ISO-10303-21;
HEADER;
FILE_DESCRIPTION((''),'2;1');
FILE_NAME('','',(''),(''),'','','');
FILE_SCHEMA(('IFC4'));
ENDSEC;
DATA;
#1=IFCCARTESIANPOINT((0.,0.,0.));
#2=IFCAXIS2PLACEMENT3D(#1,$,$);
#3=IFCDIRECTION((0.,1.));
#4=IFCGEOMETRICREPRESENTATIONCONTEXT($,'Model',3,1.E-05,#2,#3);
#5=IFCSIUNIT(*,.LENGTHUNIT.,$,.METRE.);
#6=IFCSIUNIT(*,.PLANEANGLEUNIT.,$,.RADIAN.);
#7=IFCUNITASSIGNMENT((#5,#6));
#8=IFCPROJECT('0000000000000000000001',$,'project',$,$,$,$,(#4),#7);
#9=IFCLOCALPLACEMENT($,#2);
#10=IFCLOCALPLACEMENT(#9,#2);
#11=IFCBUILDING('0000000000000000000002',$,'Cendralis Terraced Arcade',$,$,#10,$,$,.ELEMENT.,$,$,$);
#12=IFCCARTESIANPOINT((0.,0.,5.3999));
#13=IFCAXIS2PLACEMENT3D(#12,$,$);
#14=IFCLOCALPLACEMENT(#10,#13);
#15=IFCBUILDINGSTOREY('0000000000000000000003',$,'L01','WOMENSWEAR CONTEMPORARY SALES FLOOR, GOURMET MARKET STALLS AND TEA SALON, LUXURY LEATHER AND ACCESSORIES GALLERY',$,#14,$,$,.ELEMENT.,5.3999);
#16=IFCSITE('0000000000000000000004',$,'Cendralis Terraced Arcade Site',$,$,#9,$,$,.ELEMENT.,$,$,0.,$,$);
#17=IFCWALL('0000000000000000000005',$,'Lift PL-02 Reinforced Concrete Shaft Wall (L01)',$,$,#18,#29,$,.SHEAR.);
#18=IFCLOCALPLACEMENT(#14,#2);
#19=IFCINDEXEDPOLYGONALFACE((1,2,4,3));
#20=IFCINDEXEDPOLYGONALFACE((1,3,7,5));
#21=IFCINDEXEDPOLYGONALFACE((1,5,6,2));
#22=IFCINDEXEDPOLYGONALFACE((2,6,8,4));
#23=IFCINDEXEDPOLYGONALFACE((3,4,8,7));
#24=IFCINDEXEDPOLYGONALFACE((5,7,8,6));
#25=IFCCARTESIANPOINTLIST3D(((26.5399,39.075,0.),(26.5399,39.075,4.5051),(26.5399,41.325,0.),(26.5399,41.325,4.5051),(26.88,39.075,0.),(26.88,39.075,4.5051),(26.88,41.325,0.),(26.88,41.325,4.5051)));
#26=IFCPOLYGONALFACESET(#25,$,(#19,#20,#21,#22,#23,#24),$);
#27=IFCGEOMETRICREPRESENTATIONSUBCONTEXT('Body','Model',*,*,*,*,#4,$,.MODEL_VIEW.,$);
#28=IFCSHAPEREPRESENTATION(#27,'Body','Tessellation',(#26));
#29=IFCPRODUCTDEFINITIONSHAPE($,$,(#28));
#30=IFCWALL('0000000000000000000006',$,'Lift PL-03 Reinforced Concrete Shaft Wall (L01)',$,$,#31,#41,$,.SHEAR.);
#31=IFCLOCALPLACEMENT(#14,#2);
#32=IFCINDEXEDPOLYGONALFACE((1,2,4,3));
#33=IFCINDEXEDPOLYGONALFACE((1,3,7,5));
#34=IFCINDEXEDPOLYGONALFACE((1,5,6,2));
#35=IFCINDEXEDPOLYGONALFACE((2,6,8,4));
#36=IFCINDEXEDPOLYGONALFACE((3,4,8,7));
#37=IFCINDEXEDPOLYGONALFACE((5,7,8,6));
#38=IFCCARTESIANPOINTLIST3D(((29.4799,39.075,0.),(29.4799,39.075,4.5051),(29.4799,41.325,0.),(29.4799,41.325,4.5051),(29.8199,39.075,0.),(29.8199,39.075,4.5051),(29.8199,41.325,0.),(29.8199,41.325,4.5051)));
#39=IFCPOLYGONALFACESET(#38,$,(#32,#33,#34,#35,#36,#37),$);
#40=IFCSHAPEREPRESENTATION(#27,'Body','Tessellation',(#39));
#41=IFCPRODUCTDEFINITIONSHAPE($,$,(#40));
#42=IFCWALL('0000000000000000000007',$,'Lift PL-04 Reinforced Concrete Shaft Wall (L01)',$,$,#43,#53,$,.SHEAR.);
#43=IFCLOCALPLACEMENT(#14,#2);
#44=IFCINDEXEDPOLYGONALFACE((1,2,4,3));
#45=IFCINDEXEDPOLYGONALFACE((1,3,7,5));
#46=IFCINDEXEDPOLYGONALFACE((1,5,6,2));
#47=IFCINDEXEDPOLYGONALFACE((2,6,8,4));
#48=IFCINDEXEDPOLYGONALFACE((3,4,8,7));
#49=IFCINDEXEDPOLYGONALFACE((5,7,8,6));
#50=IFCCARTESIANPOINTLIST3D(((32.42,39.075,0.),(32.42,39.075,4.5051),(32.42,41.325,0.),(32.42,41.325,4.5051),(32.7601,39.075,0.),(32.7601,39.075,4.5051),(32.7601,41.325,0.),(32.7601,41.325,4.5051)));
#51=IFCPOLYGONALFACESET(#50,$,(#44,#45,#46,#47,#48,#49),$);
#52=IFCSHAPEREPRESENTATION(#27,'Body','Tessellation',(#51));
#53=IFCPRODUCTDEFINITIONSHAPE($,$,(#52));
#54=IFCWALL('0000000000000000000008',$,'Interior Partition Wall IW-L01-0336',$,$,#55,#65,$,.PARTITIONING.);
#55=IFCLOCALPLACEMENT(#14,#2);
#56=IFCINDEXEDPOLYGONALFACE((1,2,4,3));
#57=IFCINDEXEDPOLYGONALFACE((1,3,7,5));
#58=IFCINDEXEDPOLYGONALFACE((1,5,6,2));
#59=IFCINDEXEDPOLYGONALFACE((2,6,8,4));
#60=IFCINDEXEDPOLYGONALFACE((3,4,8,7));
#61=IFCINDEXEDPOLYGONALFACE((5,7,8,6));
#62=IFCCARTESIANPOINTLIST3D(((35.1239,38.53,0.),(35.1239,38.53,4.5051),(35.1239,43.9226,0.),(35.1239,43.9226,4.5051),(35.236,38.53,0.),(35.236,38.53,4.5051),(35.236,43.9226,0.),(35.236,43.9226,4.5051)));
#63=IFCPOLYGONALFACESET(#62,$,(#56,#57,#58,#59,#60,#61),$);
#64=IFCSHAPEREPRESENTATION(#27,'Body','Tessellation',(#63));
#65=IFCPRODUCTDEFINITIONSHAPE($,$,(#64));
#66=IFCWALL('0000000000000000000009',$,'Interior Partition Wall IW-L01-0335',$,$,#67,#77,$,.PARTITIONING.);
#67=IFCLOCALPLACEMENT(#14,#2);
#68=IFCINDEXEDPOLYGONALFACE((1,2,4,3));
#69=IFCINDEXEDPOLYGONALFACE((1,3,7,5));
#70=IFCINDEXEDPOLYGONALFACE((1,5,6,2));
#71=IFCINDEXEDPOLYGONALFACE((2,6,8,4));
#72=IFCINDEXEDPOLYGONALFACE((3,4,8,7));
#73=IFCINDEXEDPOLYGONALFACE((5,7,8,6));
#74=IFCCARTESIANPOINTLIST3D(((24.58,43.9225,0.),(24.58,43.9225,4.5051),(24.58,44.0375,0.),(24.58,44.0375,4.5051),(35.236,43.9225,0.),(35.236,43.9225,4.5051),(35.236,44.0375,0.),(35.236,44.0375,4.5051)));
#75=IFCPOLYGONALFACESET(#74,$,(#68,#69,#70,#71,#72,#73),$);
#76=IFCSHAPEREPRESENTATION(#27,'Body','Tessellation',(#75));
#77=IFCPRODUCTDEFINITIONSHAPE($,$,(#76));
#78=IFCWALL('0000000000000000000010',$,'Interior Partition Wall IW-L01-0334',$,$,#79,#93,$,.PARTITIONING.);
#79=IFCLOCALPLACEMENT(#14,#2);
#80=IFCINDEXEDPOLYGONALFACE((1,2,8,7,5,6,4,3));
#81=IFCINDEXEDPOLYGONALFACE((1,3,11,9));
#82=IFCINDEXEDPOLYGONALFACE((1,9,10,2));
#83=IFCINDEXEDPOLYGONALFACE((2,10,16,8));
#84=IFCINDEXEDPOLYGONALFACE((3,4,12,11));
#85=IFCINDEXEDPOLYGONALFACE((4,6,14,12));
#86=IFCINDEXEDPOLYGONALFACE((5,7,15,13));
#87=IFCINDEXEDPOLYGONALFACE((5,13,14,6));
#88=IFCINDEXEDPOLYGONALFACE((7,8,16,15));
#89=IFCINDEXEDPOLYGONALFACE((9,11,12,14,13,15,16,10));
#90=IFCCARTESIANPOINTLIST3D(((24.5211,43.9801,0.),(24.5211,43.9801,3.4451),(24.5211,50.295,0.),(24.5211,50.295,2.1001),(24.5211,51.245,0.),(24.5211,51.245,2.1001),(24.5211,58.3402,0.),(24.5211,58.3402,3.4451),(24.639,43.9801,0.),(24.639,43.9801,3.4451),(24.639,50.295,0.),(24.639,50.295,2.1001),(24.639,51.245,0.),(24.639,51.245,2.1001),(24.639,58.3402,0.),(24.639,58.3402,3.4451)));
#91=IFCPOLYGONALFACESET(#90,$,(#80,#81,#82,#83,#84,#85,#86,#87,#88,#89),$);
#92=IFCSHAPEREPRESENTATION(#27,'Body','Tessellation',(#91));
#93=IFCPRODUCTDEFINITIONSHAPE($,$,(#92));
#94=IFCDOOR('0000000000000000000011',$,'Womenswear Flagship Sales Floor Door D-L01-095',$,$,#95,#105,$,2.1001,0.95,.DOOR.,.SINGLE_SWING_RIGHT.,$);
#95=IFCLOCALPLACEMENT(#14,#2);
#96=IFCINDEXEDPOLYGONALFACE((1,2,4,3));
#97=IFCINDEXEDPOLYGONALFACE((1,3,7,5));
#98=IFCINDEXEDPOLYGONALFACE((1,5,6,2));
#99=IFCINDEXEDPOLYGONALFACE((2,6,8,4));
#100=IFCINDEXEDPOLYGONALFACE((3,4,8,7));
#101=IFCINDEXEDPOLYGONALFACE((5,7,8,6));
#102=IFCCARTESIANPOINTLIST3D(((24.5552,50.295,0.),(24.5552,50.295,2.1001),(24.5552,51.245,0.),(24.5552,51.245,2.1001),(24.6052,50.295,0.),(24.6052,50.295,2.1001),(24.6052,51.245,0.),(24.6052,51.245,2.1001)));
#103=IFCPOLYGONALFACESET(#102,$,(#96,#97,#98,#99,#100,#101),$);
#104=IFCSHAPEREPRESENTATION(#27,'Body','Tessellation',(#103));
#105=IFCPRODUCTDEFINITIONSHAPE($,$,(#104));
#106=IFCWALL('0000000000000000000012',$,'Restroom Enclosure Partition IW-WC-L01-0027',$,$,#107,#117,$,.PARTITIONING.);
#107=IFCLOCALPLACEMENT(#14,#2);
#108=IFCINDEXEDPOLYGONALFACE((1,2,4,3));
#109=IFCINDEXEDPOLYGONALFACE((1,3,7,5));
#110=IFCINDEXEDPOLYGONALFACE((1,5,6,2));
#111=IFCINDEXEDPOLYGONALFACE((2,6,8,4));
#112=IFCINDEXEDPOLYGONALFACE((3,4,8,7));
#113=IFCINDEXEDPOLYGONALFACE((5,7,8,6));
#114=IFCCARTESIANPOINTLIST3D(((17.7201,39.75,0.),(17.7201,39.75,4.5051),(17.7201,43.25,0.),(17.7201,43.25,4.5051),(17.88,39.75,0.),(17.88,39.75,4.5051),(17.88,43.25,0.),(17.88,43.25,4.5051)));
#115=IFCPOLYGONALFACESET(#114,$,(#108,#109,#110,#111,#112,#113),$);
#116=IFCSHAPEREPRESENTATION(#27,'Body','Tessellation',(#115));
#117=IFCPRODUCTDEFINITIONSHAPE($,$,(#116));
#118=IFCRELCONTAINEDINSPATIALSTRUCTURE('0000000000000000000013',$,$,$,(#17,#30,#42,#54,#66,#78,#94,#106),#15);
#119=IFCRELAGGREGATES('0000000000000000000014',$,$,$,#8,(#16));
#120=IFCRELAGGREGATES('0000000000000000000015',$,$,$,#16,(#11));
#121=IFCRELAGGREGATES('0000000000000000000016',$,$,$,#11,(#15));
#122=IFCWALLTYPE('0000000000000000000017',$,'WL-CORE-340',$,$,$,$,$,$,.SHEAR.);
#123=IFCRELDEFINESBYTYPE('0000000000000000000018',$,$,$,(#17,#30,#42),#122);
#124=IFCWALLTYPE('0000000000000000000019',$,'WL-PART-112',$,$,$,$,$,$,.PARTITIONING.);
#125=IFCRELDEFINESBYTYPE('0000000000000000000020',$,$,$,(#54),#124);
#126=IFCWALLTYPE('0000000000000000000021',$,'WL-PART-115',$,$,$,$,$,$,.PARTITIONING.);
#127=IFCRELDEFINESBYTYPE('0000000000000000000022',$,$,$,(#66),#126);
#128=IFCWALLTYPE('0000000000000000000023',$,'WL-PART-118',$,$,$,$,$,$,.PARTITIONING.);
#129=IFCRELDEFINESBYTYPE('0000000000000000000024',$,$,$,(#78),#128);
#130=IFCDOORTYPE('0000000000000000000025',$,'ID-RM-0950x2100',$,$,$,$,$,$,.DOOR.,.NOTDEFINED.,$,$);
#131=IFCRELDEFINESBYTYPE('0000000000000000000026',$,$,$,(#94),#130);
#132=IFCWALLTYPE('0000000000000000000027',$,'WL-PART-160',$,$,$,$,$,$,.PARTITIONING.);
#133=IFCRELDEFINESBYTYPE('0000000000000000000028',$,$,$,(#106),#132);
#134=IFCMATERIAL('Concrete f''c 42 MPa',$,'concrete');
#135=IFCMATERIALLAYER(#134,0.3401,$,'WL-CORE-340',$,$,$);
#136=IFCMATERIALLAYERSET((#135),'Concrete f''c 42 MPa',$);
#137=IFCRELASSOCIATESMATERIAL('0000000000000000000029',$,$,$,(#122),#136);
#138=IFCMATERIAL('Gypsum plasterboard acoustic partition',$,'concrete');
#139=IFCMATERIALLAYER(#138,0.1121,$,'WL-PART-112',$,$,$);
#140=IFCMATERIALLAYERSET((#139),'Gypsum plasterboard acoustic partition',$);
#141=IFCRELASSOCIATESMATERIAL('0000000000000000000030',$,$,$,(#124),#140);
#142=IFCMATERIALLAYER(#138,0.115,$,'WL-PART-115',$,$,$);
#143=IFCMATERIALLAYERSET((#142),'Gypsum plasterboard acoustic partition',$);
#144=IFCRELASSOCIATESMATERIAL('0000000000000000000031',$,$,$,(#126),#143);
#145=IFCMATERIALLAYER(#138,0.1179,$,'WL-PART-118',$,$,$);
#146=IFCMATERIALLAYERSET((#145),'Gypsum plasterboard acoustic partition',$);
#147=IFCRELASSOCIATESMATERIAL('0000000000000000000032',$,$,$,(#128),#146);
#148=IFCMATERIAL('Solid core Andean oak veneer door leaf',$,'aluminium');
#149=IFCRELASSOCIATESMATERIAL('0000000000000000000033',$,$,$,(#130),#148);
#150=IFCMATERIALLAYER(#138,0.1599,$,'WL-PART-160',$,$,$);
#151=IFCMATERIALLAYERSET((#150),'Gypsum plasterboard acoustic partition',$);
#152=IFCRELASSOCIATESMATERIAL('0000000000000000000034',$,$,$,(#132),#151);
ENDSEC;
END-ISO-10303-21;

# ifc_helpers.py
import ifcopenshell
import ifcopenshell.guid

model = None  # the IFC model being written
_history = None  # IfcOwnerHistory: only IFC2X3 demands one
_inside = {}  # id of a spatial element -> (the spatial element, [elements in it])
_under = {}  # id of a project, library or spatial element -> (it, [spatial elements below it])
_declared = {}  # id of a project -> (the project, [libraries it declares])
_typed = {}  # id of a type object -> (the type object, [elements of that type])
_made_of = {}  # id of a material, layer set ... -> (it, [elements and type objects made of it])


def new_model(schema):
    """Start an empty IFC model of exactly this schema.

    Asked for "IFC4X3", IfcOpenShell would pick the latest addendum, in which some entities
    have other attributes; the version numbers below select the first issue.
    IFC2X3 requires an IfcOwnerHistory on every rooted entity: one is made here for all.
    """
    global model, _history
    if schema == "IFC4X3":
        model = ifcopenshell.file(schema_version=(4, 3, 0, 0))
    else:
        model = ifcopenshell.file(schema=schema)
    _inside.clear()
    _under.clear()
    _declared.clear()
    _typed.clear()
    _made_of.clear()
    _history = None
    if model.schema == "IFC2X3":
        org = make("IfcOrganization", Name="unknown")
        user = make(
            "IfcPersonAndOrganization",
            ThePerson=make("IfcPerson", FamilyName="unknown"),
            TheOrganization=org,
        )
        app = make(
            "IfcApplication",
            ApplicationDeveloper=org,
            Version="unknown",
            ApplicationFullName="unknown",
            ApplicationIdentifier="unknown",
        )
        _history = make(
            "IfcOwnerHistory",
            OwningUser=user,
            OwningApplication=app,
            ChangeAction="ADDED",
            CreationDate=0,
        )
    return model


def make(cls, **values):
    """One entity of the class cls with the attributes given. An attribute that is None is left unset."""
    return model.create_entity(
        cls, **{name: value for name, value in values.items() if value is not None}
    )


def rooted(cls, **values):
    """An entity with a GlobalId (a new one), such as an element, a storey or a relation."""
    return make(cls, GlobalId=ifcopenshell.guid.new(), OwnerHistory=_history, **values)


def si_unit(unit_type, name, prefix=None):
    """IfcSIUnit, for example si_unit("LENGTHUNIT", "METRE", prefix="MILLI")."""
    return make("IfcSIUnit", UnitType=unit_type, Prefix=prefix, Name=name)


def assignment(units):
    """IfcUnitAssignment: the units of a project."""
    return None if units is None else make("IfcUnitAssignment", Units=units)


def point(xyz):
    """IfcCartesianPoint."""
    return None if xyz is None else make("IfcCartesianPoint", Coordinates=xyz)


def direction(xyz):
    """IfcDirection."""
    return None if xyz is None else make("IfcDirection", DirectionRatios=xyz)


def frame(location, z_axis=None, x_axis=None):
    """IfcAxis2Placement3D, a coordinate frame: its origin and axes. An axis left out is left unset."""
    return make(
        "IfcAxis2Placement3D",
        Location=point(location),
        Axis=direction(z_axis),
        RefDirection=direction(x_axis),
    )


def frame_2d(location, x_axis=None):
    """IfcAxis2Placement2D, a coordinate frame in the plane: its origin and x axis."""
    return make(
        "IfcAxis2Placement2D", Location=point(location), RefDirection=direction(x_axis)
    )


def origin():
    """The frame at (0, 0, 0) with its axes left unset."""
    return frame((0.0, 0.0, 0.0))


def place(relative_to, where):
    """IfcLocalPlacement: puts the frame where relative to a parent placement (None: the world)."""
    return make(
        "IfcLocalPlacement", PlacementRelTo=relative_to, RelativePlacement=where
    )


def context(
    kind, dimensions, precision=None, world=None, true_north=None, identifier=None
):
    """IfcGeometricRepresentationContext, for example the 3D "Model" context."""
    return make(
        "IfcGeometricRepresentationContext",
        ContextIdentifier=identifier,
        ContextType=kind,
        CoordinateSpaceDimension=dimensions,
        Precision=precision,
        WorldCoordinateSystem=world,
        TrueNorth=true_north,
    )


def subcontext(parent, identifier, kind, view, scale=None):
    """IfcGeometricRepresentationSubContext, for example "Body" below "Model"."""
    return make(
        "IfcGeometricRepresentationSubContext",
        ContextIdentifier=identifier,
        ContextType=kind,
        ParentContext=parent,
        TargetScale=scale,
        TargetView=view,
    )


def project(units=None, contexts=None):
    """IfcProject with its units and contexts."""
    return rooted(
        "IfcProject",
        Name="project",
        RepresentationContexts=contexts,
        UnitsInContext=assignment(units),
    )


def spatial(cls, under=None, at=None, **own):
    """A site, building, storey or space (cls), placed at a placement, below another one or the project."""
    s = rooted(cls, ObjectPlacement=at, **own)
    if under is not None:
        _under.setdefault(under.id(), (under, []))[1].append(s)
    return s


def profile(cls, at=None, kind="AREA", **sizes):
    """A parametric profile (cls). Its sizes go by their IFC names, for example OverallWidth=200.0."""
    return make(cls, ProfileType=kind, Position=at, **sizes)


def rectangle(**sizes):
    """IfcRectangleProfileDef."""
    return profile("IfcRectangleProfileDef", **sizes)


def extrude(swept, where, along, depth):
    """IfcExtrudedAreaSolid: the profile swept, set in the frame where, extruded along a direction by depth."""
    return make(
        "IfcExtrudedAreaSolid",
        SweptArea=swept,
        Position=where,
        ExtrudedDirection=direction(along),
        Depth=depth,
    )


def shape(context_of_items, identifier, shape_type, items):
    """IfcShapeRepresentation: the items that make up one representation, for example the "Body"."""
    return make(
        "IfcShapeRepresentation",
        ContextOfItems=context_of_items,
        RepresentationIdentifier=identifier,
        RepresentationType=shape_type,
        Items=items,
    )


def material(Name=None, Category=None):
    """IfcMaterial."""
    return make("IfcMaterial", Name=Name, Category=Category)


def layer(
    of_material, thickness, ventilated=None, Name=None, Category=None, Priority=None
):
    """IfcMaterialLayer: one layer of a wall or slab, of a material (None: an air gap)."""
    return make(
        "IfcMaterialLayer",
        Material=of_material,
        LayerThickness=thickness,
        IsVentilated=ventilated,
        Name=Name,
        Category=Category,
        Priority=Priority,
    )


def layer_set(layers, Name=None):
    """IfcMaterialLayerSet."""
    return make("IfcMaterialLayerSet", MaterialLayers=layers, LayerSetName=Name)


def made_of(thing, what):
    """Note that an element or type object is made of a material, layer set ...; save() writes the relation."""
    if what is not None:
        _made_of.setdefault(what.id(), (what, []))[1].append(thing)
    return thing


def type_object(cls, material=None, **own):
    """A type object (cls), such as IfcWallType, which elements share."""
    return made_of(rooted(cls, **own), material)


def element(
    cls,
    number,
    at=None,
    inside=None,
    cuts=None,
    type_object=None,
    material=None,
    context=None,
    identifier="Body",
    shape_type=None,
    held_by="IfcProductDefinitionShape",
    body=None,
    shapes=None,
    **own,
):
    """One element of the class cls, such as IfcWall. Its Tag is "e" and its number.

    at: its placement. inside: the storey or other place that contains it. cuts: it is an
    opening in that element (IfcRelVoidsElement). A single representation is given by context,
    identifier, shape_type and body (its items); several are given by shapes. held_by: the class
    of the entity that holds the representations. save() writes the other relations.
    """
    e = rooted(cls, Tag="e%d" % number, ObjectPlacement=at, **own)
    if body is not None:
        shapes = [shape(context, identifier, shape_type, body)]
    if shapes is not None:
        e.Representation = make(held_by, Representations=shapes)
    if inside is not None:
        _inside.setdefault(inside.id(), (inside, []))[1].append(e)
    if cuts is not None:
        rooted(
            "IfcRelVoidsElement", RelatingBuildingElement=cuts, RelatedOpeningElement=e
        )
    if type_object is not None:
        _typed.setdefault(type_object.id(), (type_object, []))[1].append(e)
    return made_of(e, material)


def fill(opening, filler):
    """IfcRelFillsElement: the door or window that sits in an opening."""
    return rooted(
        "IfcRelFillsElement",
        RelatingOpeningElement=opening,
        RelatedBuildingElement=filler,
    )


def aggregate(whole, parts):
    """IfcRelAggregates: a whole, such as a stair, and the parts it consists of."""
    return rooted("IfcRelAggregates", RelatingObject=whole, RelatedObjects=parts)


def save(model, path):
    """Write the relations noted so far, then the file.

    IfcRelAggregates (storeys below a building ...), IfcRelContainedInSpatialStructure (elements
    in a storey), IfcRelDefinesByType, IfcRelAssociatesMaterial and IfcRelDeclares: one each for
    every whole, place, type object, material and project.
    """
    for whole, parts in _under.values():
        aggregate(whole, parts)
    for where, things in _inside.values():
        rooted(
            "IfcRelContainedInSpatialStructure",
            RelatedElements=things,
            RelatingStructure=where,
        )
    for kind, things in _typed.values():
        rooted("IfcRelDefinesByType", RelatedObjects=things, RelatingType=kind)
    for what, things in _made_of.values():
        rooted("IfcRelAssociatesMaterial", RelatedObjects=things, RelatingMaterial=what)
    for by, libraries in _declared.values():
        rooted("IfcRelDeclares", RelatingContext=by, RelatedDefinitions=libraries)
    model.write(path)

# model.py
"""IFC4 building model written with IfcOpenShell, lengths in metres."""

from ifc_helpers import new_model, si_unit, direction, frame, frame_2d, origin, place, context, subcontext, project, spatial, rectangle, extrude, material, layer, layer_set, type_object, element, fill, save


model = new_model("IFC4")

# Units and contexts
model_context = context("Model", 3, precision=1e-05, world=origin(), true_north=direction((0.0, 1.0)))
body_context = subcontext(model_context, "Body", "Model", "MODEL_VIEW")
ifc_project = project(units=[si_unit("LENGTHUNIT", "METRE"), si_unit("PLANEANGLEUNIT", "RADIAN")], contexts=[model_context])

# Site, building, storey
site_placement = place(None, origin())
site = spatial("IfcSite", under=ifc_project, at=site_placement, Name="Cendralis Terraced Arcade Site", CompositionType="ELEMENT", RefElevation=0.0)
building_placement = place(site_placement, origin())
building = spatial("IfcBuilding", under=site, at=building_placement, Name="Cendralis Terraced Arcade", CompositionType="ELEMENT")
storey_placement = place(building_placement, frame((0.0, 0.0, 5.3999)))
storey = spatial("IfcBuildingStorey", under=building, at=storey_placement, Name="L01", Description="WOMENSWEAR CONTEMPORARY SALES FLOOR, GOURMET MARKET STALLS AND TEA SALON, LUXURY LEATHER AND ACCESSORIES GALLERY", CompositionType="ELEMENT", Elevation=5.3999)

# Shared definitions
ifc_material_1 = material(Name="Concrete f'c 42 MPa", Category="concrete")

# Shared definitions
ifc_layer_1 = layer(ifc_material_1, 0.3401, Name="WL-CORE-340")
ifc_layer_set_1 = layer_set([ifc_layer_1], Name="Concrete f'c 42 MPa")
wall_type_1 = type_object("IfcWallType", Name="WL-CORE-340", PredefinedType="SHEAR", material=ifc_layer_set_1)

# Walls
for number, where, z_axis, x_axis, name in (
    (1, (26.71, 39.075, 0.0), (0.0, 0.0, 1.0), (0.0, 1.0, 0.0), "Lift PL-02 Reinforced Concrete Shaft Wall (L01)"),
    (2, (29.6499, 39.075, 0.0), (0.0, 0.0, 1.0), (0.0, 1.0, 0.0), "Lift PL-03 Reinforced Concrete Shaft Wall (L01)"),
    (3, (32.5901, 39.075, 0.0), (0.0, 0.0, 1.0), (0.0, 1.0, 0.0), "Lift PL-04 Reinforced Concrete Shaft Wall (L01)"),
):
    element("IfcWall", number, at=place(storey_placement, frame(where, z_axis=z_axis, x_axis=x_axis)), inside=storey, type_object=wall_type_1, Name=name, PredefinedType="SHEAR", context=body_context, shape_type="SweptSolid", body=[
        extrude(rectangle(XDim=2.25, YDim=0.3401, at=frame_2d((1.125, 0.0))), origin(), (0.0, 0.0, 1.0), 4.5051),
    ])
ifc_material_2 = material(Name="Gypsum plasterboard acoustic partition", Category="concrete")
ifc_layer_2 = layer(ifc_material_2, 0.1121, Name="WL-PART-112")
ifc_layer_set_2 = layer_set([ifc_layer_2], Name="Gypsum plasterboard acoustic partition")
wall_type_2 = type_object("IfcWallType", Name="WL-PART-112", PredefinedType="PARTITIONING", material=ifc_layer_set_2)
wall_1_placement = place(storey_placement, frame((35.1799, 38.53, 0.0), z_axis=(0.0, 0.0, 1.0), x_axis=(0.0, 1.0, 0.0)))
element("IfcWall", 4, at=wall_1_placement, inside=storey, type_object=wall_type_2, Name="Interior Partition Wall IW-L01-0336", PredefinedType="PARTITIONING", context=body_context, shape_type="SweptSolid", body=[
    extrude(rectangle(XDim=5.3926, YDim=0.1121, at=frame_2d((2.6963, 0.0))), origin(), (0.0, 0.0, 1.0), 4.5051),
])
ifc_layer_3 = layer(ifc_material_2, 0.115, Name="WL-PART-115")
ifc_layer_set_3 = layer_set([ifc_layer_3], Name="Gypsum plasterboard acoustic partition")
wall_type_3 = type_object("IfcWallType", Name="WL-PART-115", PredefinedType="PARTITIONING", material=ifc_layer_set_3)
wall_2_placement = place(storey_placement, frame((35.2361, 43.98, 0.0), z_axis=(0.0, 0.0, 1.0), x_axis=(-1.0, 0.0, 0.0)))
element("IfcWall", 5, at=wall_2_placement, inside=storey, type_object=wall_type_3, Name="Interior Partition Wall IW-L01-0335", PredefinedType="PARTITIONING", context=body_context, shape_type="SweptSolid", body=[
    extrude(rectangle(XDim=10.656, YDim=0.115, at=frame_2d((5.3281, 0.0))), origin(), (0.0, 0.0, 1.0), 4.5051),
])

# Wall, opening, door
ifc_layer_4 = layer(ifc_material_2, 0.1179, Name="WL-PART-118")
ifc_layer_set_4 = layer_set([ifc_layer_4], Name="Gypsum plasterboard acoustic partition")
wall_type_4 = type_object("IfcWallType", Name="WL-PART-118", PredefinedType="PARTITIONING", material=ifc_layer_set_4)
wall_3_placement = place(storey_placement, frame((24.5801, 43.98, 0.0), z_axis=(0.0, 0.0, 1.0), x_axis=(0.0, 1.0, 0.0)))
wall_3 = element("IfcWall", 6, at=wall_3_placement, inside=storey, type_object=wall_type_4, Name="Interior Partition Wall IW-L01-0334", PredefinedType="PARTITIONING", context=body_context, shape_type="SweptSolid", body=[
    extrude(rectangle(XDim=14.3601, YDim=0.1179, at=frame_2d((7.1802, 0.0))), origin(), (0.0, 0.0, 1.0), 3.4451),
])
opening_1_placement = place(wall_3_placement, frame((6.3149, 0.0, 0.0)))
opening_1 = element("IfcOpeningElement", 7, at=opening_1_placement, cuts=wall_3, PredefinedType="OPENING", context=body_context, shape_type="SweptSolid", body=[
    extrude(rectangle(XDim=0.95, YDim=2.1001, at=frame_2d((0.4751, 1.05))), frame((0.0, 0.0708, 0.0), z_axis=(0.0, -1.0, 0.0), x_axis=(1.0, 0.0, 0.0)), (0.0, 0.0, 1.0), 0.1418),
])
ifc_material_3 = material(Name="Solid core Andean oak veneer door leaf", Category="aluminium")
door_type_1 = type_object("IfcDoorType", Name="ID-RM-0950x2100", OperationType="NOTDEFINED", PredefinedType="DOOR", material=ifc_material_3)
door_1_placement = place(opening_1_placement, origin())
door_1 = element("IfcDoor", 8, at=door_1_placement, inside=storey, type_object=door_type_1, Name="Womenswear Flagship Sales Floor Door D-L01-095", OperationType="SINGLE_SWING_RIGHT", OverallHeight=2.1001, OverallWidth=0.95, PredefinedType="DOOR", context=body_context, shape_type="SweptSolid", body=[
    extrude(rectangle(XDim=0.95, YDim=2.1001, at=frame_2d((0.4751, 1.05))), frame((0.0, 0.0249, 0.0), z_axis=(0.0, -1.0, 0.0), x_axis=(1.0, 0.0, 0.0)), (0.0, 0.0, 1.0), 0.05),
])
fill(opening_1, door_1)

# Wall
ifc_layer_5 = layer(ifc_material_2, 0.1599, Name="WL-PART-160")
ifc_layer_set_5 = layer_set([ifc_layer_5], Name="Gypsum plasterboard acoustic partition")
wall_type_5 = type_object("IfcWallType", Name="WL-PART-160", PredefinedType="PARTITIONING", material=ifc_layer_set_5)
wall_4_placement = place(storey_placement, frame((17.8, 39.75, 0.0), z_axis=(0.0, 0.0, 1.0), x_axis=(0.0, 1.0, 0.0)))
element("IfcWall", 9, at=wall_4_placement, inside=storey, type_object=wall_type_5, Name="Restroom Enclosure Partition IW-WC-L01-0027", PredefinedType="PARTITIONING", context=body_context, shape_type="SweptSolid", body=[
    extrude(rectangle(XDim=3.5, YDim=0.1599, at=frame_2d((1.75, 0.0))), origin(), (0.0, 0.0, 1.0), 4.5051),
])

save(model, "model.ifc")
